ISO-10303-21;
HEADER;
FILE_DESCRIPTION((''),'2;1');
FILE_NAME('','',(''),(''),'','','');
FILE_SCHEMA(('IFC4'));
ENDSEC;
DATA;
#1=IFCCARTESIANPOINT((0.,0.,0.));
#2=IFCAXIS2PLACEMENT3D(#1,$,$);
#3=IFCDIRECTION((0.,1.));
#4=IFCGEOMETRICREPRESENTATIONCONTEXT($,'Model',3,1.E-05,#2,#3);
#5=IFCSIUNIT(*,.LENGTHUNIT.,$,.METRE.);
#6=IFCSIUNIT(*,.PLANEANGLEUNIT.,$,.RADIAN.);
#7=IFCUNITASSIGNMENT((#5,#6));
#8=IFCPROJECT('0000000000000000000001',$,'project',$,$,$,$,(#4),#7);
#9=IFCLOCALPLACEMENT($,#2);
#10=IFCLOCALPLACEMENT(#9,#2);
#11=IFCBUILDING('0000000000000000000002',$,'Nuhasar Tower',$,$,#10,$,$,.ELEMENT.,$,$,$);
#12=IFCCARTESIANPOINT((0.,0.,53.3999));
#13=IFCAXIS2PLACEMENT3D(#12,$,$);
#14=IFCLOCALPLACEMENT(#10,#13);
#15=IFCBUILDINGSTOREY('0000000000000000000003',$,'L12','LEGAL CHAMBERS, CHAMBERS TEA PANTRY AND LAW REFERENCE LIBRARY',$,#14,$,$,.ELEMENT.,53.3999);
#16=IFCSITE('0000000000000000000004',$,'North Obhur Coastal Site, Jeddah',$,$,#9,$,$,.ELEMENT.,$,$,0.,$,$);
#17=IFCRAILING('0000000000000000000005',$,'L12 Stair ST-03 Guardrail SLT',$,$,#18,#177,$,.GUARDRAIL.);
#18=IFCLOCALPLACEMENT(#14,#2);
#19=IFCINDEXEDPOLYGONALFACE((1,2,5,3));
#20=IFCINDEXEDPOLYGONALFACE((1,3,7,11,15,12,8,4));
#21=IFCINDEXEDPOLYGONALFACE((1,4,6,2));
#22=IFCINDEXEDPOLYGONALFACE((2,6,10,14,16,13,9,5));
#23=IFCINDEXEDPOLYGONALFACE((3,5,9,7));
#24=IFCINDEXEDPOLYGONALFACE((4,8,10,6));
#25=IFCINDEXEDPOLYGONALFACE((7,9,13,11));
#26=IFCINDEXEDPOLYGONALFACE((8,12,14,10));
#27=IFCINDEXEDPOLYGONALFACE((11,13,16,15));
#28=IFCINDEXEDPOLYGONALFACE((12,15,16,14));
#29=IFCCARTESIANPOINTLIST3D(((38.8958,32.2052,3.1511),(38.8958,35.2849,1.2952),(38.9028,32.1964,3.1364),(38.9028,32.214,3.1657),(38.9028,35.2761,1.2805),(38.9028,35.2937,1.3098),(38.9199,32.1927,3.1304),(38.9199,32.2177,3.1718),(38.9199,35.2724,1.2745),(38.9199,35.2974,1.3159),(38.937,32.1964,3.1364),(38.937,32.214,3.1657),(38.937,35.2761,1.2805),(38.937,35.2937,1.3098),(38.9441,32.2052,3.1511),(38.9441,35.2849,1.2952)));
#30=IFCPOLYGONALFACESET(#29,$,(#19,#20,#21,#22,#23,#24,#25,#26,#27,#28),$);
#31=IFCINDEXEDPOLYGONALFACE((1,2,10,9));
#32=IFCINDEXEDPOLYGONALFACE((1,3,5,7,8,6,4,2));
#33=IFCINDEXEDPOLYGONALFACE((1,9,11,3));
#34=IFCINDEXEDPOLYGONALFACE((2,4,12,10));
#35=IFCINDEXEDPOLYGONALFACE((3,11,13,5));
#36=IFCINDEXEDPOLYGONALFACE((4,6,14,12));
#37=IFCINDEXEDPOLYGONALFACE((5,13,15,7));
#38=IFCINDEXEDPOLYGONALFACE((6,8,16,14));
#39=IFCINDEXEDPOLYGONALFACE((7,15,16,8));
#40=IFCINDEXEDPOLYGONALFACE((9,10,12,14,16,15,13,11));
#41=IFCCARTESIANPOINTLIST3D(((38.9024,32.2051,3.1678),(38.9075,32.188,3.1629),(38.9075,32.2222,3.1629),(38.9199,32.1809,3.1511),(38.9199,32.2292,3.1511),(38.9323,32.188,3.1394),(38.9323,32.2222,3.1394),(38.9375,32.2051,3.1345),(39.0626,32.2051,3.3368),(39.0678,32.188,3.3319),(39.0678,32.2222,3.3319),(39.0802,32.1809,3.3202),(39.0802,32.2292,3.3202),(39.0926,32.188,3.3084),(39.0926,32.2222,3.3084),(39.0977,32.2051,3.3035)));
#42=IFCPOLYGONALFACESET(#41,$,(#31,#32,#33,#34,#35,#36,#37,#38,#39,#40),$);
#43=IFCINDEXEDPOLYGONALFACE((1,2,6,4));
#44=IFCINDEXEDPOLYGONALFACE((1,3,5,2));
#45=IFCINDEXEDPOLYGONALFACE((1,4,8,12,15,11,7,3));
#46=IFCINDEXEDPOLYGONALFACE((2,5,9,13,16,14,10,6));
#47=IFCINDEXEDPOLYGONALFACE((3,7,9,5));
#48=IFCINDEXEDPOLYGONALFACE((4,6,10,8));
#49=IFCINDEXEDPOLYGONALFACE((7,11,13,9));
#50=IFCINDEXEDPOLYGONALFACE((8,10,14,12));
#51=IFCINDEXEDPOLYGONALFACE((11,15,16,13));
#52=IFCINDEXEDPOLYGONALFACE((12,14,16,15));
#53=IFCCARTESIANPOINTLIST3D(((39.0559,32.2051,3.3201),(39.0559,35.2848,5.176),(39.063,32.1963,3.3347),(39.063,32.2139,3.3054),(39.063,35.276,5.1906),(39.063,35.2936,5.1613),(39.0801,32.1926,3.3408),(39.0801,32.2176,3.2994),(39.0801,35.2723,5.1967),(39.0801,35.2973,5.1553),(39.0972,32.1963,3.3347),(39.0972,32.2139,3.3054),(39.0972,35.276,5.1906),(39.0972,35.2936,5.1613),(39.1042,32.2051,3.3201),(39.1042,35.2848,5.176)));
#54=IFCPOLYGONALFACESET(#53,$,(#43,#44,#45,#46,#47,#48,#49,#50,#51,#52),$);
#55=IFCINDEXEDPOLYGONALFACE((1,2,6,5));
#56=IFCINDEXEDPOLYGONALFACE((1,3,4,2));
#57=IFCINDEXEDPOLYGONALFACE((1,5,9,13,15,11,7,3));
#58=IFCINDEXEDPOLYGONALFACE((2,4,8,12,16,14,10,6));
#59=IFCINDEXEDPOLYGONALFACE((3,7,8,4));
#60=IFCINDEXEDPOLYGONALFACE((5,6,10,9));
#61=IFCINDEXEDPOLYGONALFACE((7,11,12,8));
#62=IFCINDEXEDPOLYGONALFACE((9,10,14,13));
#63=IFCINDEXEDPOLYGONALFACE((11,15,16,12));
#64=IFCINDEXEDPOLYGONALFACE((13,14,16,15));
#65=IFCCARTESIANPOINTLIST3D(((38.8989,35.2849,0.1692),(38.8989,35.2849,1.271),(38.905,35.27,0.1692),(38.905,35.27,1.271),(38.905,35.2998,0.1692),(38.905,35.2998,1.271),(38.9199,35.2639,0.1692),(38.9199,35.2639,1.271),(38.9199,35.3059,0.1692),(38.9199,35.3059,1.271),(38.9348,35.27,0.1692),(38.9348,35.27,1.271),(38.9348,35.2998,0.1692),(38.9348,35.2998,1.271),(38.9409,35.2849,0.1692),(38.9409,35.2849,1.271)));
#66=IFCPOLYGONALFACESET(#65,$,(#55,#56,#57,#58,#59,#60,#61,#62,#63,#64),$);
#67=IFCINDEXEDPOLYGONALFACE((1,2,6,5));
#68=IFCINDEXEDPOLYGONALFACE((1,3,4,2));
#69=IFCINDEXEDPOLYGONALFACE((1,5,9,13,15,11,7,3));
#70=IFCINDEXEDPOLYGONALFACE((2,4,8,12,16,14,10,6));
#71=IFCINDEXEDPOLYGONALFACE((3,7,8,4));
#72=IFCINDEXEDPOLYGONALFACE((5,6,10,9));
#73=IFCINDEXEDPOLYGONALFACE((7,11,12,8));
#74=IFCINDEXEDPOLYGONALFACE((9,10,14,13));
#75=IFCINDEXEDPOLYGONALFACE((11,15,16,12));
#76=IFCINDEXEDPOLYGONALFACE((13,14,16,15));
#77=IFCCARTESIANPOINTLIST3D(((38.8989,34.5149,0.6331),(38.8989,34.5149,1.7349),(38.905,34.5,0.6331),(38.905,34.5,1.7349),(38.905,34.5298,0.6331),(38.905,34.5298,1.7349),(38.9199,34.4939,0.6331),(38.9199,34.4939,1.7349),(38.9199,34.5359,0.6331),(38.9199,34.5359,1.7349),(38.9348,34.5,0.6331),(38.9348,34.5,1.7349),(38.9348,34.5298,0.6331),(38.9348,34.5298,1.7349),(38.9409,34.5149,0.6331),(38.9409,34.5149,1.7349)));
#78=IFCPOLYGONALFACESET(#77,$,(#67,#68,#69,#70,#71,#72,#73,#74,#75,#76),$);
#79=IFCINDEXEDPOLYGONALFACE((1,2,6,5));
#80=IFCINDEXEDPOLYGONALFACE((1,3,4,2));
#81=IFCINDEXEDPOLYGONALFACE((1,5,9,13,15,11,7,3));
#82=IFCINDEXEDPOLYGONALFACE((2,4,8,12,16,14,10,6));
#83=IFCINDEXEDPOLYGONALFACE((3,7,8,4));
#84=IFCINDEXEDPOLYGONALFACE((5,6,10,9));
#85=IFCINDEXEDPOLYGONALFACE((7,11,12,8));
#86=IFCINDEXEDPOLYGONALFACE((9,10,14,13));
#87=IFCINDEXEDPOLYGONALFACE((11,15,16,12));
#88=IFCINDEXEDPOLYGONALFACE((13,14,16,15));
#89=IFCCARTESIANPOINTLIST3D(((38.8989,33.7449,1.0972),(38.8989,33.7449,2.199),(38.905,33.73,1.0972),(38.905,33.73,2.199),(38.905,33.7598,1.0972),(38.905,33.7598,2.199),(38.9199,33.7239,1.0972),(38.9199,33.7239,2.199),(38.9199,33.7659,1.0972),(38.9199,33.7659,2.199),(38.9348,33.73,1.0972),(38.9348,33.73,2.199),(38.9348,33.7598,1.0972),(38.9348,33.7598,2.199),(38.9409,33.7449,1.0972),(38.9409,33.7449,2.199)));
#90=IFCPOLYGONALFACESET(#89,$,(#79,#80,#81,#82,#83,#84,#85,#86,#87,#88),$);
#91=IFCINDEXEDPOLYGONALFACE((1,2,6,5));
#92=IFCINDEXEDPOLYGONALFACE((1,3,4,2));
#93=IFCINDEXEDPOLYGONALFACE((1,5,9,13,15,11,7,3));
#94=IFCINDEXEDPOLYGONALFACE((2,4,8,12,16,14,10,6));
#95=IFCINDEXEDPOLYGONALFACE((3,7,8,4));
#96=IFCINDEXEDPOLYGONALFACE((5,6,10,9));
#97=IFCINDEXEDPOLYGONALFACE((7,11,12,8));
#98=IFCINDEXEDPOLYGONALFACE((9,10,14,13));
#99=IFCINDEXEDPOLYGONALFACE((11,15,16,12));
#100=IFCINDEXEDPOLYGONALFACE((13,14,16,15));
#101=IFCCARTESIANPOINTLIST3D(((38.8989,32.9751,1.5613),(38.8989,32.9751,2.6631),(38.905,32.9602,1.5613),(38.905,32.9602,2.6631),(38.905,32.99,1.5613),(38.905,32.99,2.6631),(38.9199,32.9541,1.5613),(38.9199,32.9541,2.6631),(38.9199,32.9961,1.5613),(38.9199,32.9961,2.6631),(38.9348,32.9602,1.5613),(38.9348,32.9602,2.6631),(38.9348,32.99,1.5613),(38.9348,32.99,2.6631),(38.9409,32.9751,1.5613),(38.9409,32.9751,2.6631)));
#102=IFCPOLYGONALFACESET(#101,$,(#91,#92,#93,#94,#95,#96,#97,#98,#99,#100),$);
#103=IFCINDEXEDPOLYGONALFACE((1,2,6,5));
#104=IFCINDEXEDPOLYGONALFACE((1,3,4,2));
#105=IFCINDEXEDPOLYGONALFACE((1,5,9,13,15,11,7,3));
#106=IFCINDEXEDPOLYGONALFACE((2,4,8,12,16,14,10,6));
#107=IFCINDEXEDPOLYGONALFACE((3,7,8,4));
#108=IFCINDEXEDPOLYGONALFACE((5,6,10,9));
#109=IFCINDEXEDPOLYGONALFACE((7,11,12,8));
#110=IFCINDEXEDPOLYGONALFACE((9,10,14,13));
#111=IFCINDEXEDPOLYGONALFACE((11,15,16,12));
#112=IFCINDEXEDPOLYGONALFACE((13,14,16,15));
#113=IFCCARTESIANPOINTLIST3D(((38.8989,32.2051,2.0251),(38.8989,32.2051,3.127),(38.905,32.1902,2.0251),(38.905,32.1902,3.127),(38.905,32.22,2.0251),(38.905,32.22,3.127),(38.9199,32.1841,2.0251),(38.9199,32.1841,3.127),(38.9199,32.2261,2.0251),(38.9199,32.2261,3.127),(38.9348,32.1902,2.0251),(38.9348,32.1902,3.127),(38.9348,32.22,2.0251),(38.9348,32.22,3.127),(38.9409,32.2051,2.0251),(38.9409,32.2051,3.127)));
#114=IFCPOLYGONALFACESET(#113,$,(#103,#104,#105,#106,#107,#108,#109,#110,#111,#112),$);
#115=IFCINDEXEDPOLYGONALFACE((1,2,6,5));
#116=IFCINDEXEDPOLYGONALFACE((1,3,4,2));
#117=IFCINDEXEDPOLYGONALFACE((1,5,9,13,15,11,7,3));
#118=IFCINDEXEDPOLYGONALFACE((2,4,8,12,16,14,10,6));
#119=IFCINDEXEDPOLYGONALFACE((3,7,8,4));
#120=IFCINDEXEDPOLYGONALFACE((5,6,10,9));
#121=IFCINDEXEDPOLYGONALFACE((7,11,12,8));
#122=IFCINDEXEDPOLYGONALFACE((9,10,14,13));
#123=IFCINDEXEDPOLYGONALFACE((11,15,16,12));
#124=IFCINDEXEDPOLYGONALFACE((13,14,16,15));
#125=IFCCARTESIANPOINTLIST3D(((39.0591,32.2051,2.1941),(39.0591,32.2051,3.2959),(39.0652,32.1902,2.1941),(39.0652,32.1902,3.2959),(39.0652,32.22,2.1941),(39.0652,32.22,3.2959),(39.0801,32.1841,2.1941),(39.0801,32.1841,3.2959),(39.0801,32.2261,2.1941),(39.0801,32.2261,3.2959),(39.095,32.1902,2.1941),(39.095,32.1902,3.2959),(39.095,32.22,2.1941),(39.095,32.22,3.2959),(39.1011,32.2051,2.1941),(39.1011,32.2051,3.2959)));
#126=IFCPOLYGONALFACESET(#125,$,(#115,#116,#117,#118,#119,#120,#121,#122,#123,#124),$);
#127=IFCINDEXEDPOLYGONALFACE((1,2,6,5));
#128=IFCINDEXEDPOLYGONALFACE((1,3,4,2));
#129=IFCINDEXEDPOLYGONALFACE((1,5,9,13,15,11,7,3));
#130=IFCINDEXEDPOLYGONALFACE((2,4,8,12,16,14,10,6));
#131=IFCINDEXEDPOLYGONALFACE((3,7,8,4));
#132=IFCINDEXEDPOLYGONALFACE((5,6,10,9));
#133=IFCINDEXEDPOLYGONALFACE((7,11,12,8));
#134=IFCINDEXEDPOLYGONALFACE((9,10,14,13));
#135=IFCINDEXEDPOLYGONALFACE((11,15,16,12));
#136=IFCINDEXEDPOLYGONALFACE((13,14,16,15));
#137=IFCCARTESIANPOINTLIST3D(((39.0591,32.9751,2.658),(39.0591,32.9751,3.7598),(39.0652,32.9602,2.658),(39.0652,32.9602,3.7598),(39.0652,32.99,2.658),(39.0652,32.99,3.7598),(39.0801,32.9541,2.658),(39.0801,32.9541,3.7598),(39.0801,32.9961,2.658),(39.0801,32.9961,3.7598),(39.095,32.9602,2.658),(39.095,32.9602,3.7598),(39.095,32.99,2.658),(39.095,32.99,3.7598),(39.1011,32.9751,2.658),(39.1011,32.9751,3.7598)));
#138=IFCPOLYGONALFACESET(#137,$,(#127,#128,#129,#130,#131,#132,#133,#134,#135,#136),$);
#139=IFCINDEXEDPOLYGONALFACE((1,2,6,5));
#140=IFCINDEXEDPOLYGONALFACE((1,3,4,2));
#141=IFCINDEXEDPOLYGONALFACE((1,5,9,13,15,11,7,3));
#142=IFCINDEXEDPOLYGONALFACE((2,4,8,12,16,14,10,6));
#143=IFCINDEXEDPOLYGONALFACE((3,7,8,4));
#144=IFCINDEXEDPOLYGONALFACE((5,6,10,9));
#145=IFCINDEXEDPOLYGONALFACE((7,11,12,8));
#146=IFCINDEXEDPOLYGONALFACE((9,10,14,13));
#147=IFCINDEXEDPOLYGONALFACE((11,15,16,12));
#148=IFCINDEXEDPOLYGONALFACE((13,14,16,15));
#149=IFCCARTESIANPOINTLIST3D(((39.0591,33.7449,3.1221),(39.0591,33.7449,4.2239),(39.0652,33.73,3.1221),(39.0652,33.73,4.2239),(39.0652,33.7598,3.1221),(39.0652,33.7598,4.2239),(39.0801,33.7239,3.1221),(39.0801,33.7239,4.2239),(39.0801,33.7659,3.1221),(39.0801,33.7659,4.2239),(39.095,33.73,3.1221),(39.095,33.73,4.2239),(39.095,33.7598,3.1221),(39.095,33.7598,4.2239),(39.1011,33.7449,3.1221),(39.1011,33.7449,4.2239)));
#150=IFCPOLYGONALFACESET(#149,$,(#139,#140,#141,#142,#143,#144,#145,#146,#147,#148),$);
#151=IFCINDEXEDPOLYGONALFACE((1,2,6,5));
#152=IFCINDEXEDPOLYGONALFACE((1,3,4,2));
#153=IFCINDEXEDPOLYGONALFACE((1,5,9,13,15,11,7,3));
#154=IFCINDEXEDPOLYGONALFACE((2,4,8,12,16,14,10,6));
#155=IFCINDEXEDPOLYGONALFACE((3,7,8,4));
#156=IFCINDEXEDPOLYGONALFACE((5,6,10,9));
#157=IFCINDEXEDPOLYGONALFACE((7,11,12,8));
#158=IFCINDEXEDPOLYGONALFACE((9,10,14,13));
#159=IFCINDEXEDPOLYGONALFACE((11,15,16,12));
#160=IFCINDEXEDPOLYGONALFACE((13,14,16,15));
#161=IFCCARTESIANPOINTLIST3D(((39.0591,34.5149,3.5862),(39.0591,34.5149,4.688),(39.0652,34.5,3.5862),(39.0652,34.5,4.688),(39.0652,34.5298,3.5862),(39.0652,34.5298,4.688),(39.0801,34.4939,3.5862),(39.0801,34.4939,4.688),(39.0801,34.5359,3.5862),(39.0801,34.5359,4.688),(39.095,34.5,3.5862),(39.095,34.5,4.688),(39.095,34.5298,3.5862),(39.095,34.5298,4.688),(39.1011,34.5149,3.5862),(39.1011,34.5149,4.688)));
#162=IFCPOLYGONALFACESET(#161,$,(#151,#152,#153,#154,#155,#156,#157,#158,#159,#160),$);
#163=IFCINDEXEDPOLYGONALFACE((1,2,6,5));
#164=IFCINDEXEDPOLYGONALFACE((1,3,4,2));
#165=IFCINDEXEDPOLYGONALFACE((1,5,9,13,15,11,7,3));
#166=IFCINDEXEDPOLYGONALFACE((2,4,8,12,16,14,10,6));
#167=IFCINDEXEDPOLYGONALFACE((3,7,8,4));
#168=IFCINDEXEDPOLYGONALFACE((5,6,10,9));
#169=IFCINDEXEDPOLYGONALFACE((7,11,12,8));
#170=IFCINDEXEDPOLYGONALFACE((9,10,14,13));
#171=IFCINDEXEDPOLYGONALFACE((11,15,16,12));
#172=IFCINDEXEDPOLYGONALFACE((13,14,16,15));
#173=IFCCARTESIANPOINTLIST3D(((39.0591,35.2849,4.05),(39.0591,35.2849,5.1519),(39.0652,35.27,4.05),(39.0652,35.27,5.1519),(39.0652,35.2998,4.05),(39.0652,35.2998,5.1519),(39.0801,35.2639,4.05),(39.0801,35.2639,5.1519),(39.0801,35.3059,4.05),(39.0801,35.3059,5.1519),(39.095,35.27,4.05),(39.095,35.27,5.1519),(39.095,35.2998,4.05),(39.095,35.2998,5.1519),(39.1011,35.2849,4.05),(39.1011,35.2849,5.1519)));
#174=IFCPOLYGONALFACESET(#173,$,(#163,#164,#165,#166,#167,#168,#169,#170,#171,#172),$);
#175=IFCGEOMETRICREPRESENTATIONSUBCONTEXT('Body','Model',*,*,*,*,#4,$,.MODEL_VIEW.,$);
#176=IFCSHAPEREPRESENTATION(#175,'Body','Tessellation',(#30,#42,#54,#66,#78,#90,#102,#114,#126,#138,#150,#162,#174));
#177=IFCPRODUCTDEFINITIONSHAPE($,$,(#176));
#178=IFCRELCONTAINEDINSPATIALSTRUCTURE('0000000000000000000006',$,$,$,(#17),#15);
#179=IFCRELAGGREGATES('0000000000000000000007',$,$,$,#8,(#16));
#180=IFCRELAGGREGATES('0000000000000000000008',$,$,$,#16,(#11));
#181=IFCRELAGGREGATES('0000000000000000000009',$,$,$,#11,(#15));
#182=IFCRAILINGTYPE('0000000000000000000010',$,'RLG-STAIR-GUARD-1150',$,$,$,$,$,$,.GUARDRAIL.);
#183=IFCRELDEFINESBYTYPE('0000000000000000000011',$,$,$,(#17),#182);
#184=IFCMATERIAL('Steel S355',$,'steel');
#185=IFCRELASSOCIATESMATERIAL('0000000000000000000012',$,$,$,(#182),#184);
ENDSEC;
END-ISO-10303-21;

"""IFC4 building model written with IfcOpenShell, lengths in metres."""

from ifc_helpers import new_model, si_unit, direction, frame, origin, place, context, subcontext, project, spatial, polyline, outline, extrude, material, type_object, element, save


model = new_model("IFC4")

# Units and contexts
model_context = context("Model", 3, precision=1e-05, world=origin(), true_north=direction((0.0, 1.0)))
body_context = subcontext(model_context, "Body", "Model", "MODEL_VIEW")
ifc_project = project(units=[si_unit("LENGTHUNIT", "METRE"), si_unit("PLANEANGLEUNIT", "RADIAN")], contexts=[model_context])

# Site, building, storey
site_placement = place(None, origin())
site = spatial("IfcSite", under=ifc_project, at=site_placement, Name="North Obhur Coastal Site, Jeddah", CompositionType="ELEMENT", RefElevation=0.0)
building_placement = place(site_placement, origin())
building = spatial("IfcBuilding", under=site, at=building_placement, Name="Nuhasar Tower", CompositionType="ELEMENT")
storey_placement = place(building_placement, frame((0.0, 0.0, 53.3999)))
storey = spatial("IfcBuildingStorey", under=building, at=storey_placement, Name="L12", Description="LEGAL CHAMBERS, CHAMBERS TEA PANTRY AND LAW REFERENCE LIBRARY", CompositionType="ELEMENT", Elevation=53.3999)

# Shared definitions
ifc_material_1 = material(Name="Steel S355", Category="steel")

# Railing
railing_type_1 = type_object("IfcRailingType", Name="RLG-STAIR-GUARD-1150", PredefinedType="GUARDRAIL", material=ifc_material_1)
railing_1_placement = place(storey_placement, frame((38.9199, 35.2849, 0.1692)))
element("IfcRailing", 1, at=railing_1_placement, inside=storey, type_object=railing_type_1, Name="L12 Stair ST-03 Guardrail SLT", PredefinedType="GUARDRAIL", context=body_context, shape_type="SweptSolid", body=[
    extrude(outline(polyline([(0.0242, 0.0), (0.0171, 0.0171), (0.0, 0.0242), (-0.0171, 0.0171), (-0.0242, 0.0), (-0.0171, -0.0171), (0.0, -0.0242), (0.0171, -0.0171), (0.0242, 0.0)])), frame((0.0, 0.0, 1.126), z_axis=(0.0, -0.856503, 0.516142), x_axis=(1.0, 0.0, 0.0)), (0.0, 0.0, 1.0), 3.5957),
    extrude(outline(polyline([(0.0242, 0.0), (0.0171, 0.0171), (0.0, 0.0242), (-0.0171, 0.0171), (-0.0242, 0.0), (-0.0171, -0.0171), (0.0, -0.0242), (0.0171, -0.0171), (0.0242, 0.0)])), frame((0.0, -3.0798, 2.9819), z_axis=(0.687977, 0.0, 0.725732), x_axis=(0.0, 1.0, 0.0)), (0.0, 0.0, 1.0), 0.2329),
    extrude(outline(polyline([(0.0242, 0.0), (0.0171, 0.0171), (0.0, 0.0242), (-0.0171, 0.0171), (-0.0242, 0.0), (-0.0171, -0.0171), (0.0, -0.0242), (0.0171, -0.0171), (0.0242, 0.0)])), frame((0.1602, -3.0798, 3.1509), z_axis=(0.0, 0.856503, 0.516142), x_axis=(-1.0, 0.0, 0.0)), (0.0, 0.0, 1.0), 3.5957),
    extrude(outline(polyline([(0.021, 0.0), (0.0149, 0.0149), (0.0, 0.021), (-0.0149, 0.0149), (-0.021, 0.0), (-0.0149, -0.0149), (0.0, -0.021), (0.0149, -0.0149), (0.021, 0.0)])), origin(), (0.0, 0.0, 1.0), 1.1018),
    extrude(outline(polyline([(0.021, 0.0), (0.0149, 0.0149), (0.0, 0.021), (-0.0149, 0.0149), (-0.021, 0.0), (-0.0149, -0.0149), (0.0, -0.021), (0.0149, -0.0149), (0.021, 0.0)])), frame((0.0, -0.77, 0.4639)), (0.0, 0.0, 1.0), 1.1018),
    extrude(outline(polyline([(0.021, 0.0), (0.0149, 0.0149), (0.0, 0.021), (-0.0149, 0.0149), (-0.021, 0.0), (-0.0149, -0.0149), (0.0, -0.021), (0.0149, -0.0149), (0.021, 0.0)])), frame((0.0, -1.54, 0.928)), (0.0, 0.0, 1.0), 1.1018),
    extrude(outline(polyline([(0.021, 0.0), (0.0149, 0.0149), (0.0, 0.021), (-0.0149, 0.0149), (-0.021, 0.0), (-0.0149, -0.0149), (0.0, -0.021), (0.0149, -0.0149), (0.021, 0.0)])), frame((0.0, -2.3098, 1.3921)), (0.0, 0.0, 1.0), 1.1018),
    extrude(outline(polyline([(0.021, 0.0), (0.0149, 0.0149), (0.0, 0.021), (-0.0149, 0.0149), (-0.021, 0.0), (-0.0149, -0.0149), (0.0, -0.021), (0.0149, -0.0149), (0.021, 0.0)])), frame((0.0, -3.0798, 1.856)), (0.0, 0.0, 1.0), 1.1018),
    extrude(outline(polyline([(0.021, 0.0), (0.0149, 0.0149), (0.0, 0.021), (-0.0149, 0.0149), (-0.021, 0.0), (-0.0149, -0.0149), (0.0, -0.021), (0.0149, -0.0149), (0.021, 0.0)])), frame((0.1602, -3.0798, 2.0249)), (0.0, 0.0, 1.0), 1.1018),
    extrude(outline(polyline([(0.021, 0.0), (0.0149, 0.0149), (0.0, 0.021), (-0.0149, 0.0149), (-0.021, 0.0), (-0.0149, -0.0149), (0.0, -0.021), (0.0149, -0.0149), (0.021, 0.0)])), frame((0.1602, -2.3098, 2.4888)), (0.0, 0.0, 1.0), 1.1018),
    extrude(outline(polyline([(0.021, 0.0), (0.0149, 0.0149), (0.0, 0.021), (-0.0149, 0.0149), (-0.021, 0.0), (-0.0149, -0.0149), (0.0, -0.021), (0.0149, -0.0149), (0.021, 0.0)])), frame((0.1602, -1.54, 2.9529)), (0.0, 0.0, 1.0), 1.1018),
    extrude(outline(polyline([(0.021, 0.0), (0.0149, 0.0149), (0.0, 0.021), (-0.0149, 0.0149), (-0.021, 0.0), (-0.0149, -0.0149), (0.0, -0.021), (0.0149, -0.0149), (0.021, 0.0)])), frame((0.1602, -0.77, 3.417)), (0.0, 0.0, 1.0), 1.1018),
    extrude(outline(polyline([(0.021, 0.0), (0.0149, 0.0149), (0.0, 0.021), (-0.0149, 0.0149), (-0.021, 0.0), (-0.0149, -0.0149), (0.0, -0.021), (0.0149, -0.0149), (0.021, 0.0)])), frame((0.1602, 0.0, 3.8809)), (0.0, 0.0, 1.0), 1.1018),
])

save(model, "model.ifc")
